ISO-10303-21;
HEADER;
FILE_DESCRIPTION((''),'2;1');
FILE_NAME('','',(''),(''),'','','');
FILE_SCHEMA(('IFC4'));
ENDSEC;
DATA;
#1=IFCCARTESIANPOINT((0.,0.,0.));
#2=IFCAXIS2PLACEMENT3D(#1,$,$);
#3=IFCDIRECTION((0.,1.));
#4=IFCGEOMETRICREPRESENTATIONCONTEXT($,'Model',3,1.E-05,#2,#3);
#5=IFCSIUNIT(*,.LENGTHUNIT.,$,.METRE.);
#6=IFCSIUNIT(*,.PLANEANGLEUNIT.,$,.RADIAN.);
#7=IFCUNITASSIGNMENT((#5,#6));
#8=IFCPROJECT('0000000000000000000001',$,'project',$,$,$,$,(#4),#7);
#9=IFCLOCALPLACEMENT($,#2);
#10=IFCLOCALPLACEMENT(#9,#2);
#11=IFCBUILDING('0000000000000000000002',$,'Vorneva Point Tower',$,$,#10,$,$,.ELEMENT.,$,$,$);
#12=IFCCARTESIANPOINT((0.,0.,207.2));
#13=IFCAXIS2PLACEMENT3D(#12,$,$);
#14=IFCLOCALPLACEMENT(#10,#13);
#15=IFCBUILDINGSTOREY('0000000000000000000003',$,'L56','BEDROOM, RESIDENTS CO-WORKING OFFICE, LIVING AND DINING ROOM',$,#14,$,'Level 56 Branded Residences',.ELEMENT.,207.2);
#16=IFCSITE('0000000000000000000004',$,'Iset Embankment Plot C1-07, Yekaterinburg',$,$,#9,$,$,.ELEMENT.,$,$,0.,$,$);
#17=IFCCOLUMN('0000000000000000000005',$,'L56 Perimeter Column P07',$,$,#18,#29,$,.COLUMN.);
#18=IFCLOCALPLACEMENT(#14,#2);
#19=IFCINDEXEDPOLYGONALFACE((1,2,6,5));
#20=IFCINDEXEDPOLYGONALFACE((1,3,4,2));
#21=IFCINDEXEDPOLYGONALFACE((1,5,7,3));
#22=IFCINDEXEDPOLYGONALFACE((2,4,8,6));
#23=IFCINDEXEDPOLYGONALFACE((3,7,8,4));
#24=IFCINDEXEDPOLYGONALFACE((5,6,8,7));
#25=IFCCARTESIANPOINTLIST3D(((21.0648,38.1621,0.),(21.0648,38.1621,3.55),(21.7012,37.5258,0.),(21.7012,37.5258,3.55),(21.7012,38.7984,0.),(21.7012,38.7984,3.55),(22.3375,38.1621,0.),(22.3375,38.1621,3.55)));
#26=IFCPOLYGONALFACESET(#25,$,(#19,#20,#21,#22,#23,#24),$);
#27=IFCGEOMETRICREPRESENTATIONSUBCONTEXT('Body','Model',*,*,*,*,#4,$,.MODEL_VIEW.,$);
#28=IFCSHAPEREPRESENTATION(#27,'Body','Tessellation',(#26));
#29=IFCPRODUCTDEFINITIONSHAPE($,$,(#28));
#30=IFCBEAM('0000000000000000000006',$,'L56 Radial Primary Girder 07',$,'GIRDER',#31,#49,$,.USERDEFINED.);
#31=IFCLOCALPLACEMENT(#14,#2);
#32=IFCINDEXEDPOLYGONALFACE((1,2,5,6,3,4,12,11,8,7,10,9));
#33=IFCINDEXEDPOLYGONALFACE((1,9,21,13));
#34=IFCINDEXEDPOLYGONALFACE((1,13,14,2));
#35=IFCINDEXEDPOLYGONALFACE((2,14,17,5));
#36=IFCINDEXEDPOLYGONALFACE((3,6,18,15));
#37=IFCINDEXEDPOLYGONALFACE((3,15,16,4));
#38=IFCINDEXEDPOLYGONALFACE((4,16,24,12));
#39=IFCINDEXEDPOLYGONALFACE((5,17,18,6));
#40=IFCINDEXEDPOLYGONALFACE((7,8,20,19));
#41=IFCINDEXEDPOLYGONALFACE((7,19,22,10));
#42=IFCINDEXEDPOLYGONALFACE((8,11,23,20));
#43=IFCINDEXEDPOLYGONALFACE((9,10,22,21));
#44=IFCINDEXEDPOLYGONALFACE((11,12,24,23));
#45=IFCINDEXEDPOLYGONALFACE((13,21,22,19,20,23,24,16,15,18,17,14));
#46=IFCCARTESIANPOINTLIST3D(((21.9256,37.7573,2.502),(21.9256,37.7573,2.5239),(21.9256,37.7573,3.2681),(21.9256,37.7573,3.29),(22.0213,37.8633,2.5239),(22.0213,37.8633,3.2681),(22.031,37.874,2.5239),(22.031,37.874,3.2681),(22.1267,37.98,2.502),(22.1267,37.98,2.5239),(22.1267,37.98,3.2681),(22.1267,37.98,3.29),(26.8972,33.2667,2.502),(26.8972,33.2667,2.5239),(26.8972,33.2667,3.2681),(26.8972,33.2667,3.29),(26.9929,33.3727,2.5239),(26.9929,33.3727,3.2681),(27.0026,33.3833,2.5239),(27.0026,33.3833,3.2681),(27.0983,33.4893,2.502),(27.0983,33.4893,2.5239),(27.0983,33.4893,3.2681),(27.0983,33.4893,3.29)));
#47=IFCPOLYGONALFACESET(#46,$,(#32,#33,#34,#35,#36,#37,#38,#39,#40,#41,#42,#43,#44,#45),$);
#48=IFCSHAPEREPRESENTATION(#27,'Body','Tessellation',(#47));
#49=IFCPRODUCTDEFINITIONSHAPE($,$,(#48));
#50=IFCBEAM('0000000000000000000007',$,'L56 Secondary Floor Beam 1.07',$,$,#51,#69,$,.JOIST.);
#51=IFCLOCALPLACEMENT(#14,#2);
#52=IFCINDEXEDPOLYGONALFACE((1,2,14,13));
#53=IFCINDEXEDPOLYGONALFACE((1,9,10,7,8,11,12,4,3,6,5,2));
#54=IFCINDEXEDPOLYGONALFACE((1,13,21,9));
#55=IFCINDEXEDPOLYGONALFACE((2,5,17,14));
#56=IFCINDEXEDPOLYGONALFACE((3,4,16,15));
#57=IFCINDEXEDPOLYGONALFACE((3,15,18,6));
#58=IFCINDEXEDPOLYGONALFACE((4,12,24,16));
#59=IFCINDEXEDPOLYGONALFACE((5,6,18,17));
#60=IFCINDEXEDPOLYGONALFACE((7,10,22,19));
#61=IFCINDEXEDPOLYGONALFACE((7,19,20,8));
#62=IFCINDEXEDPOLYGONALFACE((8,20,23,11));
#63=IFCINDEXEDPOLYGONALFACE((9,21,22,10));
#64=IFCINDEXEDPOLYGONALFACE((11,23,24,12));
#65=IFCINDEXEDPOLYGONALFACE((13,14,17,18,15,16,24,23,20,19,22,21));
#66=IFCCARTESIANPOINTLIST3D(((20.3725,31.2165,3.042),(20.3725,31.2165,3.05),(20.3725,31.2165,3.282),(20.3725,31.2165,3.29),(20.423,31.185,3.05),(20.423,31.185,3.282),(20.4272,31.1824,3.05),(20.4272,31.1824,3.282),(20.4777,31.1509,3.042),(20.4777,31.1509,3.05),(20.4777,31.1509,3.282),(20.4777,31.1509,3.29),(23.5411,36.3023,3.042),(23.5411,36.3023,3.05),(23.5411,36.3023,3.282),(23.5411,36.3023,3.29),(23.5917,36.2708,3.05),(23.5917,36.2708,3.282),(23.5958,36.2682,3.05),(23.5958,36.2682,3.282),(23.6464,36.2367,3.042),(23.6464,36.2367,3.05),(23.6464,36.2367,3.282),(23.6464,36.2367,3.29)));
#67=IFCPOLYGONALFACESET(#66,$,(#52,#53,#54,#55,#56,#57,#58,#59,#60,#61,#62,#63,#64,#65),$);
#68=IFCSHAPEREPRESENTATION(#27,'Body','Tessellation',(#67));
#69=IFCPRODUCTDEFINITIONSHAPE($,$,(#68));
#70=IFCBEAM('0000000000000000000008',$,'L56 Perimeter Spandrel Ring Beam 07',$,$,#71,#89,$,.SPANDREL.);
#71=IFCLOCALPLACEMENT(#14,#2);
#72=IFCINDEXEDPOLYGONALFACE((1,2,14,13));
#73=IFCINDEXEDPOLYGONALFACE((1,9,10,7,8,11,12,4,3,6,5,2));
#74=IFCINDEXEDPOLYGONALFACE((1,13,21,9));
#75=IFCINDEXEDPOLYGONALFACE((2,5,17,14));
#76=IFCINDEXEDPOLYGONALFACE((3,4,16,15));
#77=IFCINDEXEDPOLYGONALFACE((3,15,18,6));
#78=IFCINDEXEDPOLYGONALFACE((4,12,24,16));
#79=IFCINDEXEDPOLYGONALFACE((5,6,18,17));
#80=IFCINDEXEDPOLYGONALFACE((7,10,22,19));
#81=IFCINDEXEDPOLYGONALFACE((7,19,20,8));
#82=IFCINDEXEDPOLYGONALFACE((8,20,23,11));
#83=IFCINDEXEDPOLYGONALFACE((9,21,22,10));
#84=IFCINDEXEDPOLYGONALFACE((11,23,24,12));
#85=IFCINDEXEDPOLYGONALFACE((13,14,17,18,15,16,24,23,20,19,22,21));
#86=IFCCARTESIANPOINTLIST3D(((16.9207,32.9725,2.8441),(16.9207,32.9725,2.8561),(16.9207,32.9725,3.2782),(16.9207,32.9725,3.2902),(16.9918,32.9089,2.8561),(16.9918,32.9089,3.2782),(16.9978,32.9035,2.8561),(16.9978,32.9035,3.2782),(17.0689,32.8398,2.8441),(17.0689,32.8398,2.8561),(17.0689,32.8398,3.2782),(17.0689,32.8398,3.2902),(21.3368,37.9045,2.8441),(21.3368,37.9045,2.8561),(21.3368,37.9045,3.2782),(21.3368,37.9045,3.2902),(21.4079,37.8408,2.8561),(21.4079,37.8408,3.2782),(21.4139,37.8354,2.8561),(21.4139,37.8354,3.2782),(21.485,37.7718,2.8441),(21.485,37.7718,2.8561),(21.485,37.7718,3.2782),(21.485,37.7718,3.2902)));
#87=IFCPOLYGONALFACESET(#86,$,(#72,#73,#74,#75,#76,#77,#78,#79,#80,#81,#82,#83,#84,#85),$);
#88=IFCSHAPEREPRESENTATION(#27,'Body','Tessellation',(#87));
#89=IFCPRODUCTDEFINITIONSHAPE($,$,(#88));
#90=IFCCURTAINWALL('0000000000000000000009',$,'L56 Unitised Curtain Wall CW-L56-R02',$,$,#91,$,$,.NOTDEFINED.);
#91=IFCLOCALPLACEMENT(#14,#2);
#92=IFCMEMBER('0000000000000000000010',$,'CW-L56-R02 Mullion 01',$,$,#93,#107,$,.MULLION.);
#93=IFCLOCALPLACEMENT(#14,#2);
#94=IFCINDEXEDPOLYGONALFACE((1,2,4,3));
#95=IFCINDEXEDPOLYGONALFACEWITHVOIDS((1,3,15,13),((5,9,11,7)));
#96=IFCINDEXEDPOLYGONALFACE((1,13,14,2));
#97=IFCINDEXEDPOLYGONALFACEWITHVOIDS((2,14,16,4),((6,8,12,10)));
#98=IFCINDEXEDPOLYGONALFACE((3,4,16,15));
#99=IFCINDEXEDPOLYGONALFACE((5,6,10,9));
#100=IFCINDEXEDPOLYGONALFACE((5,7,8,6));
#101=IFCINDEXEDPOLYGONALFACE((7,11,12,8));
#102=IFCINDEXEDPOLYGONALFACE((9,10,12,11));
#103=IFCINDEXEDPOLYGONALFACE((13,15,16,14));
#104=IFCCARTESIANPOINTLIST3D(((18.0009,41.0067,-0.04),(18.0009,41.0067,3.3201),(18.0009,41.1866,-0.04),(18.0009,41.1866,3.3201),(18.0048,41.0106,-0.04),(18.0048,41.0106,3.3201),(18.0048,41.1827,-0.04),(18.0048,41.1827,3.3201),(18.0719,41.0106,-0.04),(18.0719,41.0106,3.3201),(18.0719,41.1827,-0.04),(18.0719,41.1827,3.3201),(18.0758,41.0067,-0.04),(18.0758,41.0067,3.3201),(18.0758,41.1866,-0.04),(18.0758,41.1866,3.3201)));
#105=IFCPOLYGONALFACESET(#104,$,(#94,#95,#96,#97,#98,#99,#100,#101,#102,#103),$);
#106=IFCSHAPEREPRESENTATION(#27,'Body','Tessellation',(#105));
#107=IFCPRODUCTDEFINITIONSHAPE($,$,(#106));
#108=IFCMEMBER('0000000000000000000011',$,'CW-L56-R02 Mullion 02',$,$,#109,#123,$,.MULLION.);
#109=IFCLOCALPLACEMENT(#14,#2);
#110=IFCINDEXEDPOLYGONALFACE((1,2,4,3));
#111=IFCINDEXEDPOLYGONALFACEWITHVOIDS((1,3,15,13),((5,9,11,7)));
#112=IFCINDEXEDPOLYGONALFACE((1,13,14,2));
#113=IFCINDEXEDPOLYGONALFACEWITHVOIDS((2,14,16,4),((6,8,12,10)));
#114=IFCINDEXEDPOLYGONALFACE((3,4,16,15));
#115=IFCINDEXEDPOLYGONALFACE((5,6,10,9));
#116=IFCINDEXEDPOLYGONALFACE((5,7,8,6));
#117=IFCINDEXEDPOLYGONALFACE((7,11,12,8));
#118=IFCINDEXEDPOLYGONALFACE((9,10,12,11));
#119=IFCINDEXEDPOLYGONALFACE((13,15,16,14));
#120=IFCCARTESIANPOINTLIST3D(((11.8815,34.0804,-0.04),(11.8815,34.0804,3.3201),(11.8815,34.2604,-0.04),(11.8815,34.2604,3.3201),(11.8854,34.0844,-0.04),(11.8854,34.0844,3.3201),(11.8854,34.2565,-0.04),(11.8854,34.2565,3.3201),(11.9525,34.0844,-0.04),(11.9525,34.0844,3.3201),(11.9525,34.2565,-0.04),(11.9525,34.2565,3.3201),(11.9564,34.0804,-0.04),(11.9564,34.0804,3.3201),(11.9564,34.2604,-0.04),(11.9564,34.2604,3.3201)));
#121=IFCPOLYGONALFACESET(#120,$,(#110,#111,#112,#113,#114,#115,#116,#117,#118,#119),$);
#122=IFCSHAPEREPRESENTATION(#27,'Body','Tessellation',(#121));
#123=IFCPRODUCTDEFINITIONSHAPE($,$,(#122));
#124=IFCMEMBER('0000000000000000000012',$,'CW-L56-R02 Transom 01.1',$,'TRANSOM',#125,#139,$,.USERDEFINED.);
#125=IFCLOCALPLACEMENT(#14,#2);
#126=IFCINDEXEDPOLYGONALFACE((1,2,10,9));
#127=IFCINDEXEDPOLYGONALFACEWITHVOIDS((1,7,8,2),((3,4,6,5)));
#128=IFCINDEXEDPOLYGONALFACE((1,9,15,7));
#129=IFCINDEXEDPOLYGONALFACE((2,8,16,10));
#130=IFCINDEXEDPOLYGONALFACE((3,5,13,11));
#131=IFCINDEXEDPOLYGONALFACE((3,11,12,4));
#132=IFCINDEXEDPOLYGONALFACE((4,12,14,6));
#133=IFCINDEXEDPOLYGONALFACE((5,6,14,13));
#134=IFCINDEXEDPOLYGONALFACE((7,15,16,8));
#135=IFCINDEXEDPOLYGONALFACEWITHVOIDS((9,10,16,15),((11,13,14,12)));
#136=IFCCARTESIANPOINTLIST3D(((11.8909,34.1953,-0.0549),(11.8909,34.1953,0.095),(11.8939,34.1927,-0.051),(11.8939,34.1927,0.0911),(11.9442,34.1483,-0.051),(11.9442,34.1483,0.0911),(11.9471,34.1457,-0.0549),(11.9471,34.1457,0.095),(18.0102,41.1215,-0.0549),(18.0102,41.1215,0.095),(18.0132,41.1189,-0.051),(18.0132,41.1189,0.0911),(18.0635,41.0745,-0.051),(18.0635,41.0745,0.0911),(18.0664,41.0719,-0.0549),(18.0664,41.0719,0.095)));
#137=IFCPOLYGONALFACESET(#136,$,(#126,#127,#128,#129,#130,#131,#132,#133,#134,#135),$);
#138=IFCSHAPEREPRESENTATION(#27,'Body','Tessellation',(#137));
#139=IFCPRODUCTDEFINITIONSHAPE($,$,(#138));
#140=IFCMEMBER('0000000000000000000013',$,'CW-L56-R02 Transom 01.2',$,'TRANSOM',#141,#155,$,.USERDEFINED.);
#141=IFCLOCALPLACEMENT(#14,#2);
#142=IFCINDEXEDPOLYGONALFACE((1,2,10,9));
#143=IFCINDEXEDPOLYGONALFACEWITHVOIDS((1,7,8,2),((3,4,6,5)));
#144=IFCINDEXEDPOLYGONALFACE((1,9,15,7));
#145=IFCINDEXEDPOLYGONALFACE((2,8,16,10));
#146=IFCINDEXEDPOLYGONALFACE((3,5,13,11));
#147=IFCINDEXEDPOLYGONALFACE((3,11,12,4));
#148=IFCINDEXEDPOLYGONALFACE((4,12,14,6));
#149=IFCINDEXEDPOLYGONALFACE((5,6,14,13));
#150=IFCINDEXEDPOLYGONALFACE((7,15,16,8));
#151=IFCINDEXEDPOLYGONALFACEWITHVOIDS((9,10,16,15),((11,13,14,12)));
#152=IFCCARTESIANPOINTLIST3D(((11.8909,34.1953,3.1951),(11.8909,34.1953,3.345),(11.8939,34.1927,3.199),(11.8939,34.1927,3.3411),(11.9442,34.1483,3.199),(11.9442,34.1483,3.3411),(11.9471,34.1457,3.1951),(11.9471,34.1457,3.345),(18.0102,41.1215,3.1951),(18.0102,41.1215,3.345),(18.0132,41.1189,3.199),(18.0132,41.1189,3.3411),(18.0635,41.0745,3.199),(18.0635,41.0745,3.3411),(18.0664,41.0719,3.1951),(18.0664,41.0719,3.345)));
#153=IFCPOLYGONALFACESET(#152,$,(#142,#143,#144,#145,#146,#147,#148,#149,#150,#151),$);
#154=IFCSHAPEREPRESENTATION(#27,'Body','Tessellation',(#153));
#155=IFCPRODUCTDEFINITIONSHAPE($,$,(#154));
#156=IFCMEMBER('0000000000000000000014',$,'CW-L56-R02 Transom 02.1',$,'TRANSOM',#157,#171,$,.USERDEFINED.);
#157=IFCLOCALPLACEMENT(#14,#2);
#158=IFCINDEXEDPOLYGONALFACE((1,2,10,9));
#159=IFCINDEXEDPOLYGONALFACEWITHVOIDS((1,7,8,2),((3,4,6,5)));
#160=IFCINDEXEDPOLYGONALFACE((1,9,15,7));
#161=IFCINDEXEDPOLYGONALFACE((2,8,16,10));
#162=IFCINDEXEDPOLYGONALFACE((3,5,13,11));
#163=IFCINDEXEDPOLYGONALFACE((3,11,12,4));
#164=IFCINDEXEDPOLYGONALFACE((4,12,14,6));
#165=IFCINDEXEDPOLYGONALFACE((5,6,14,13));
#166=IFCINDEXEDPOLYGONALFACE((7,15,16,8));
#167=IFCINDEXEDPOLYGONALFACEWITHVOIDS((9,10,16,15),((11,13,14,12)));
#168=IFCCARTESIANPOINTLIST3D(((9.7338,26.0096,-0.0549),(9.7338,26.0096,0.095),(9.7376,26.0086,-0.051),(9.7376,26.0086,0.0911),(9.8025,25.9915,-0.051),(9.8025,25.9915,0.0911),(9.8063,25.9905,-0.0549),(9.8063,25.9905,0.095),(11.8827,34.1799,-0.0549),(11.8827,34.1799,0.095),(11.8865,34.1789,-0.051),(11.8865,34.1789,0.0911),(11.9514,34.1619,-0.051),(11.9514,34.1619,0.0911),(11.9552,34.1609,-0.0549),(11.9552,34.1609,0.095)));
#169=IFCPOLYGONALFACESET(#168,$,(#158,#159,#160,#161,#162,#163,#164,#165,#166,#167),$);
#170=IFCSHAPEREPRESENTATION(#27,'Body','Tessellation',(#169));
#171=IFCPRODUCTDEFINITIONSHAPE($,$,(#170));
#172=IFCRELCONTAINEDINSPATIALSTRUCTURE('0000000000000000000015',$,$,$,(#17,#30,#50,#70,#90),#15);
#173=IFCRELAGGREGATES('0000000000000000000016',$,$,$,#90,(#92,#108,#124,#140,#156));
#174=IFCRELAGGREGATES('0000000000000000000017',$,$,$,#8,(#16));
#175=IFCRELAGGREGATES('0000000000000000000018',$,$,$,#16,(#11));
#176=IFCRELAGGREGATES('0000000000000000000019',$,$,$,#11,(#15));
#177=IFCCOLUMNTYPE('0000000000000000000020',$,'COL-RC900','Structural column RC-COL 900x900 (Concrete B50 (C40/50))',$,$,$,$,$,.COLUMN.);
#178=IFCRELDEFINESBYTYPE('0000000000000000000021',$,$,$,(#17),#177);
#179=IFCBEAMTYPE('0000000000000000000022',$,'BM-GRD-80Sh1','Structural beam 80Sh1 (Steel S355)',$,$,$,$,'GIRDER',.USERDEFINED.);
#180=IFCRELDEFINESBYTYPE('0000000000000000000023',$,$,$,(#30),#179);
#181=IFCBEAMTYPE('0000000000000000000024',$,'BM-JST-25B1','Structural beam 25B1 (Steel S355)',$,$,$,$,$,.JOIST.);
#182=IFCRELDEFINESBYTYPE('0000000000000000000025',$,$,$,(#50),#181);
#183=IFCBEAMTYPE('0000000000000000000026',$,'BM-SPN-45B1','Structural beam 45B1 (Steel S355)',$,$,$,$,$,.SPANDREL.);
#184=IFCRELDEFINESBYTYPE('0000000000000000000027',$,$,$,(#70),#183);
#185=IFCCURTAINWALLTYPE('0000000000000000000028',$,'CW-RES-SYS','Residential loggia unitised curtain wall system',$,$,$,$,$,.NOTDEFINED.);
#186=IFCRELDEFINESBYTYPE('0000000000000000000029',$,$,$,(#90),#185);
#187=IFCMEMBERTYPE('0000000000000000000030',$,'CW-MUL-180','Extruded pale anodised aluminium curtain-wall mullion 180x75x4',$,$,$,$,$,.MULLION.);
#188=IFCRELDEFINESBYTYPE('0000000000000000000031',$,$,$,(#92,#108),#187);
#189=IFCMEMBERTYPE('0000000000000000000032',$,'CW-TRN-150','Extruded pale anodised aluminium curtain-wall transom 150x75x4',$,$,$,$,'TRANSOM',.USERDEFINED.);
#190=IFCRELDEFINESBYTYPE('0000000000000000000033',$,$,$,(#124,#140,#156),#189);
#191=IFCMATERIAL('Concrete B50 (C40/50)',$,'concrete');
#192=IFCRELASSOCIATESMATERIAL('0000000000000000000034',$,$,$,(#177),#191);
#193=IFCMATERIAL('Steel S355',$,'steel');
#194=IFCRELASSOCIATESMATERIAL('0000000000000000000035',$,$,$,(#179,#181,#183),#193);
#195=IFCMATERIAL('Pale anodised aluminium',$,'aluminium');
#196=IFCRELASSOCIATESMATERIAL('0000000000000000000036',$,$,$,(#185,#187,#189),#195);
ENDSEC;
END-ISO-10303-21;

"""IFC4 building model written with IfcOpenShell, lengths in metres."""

from ifc_helpers import new_model, si_unit, direction, frame, origin, origin_2d, place, context, subcontext, project, spatial, rectangle, hollow_rectangle, i_section, extrude, material, material_profile, profile_set, type_object, element, aggregate, save


model = new_model("IFC4")

# Units and contexts
model_context = context("Model", 3, precision=1e-05, world=origin(), true_north=direction((0.0, 1.0)))
body_context = subcontext(model_context, "Body", "Model", "MODEL_VIEW")
ifc_project = project(units=[si_unit("LENGTHUNIT", "METRE"), si_unit("PLANEANGLEUNIT", "RADIAN")], contexts=[model_context])

# Site, building, storey
site_placement = place(None, origin())
site = spatial("IfcSite", under=ifc_project, at=site_placement, Name="Iset Embankment Plot C1-07, Yekaterinburg", CompositionType="ELEMENT", RefElevation=0.0)
building_placement = place(site_placement, origin())
building = spatial("IfcBuilding", under=site, at=building_placement, Name="Vorneva Point Tower", CompositionType="ELEMENT")
storey_placement = place(building_placement, frame((0.0, 0.0, 207.2)))
storey = spatial("IfcBuildingStorey", under=building, at=storey_placement, Name="L56", Description="BEDROOM, RESIDENTS CO-WORKING OFFICE, LIVING AND DINING ROOM", LongName="Level 56 Branded Residences", CompositionType="ELEMENT", Elevation=207.2)

# Column
ifc_material_1 = material(Name="Concrete B50 (C40/50)", Category="concrete")
ifc_material_profile_1 = material_profile(ifc_material_1, rectangle(XDim=0.8999, YDim=0.8999, at=origin_2d()), Name="RC-COL 900x900")
ifc_profile_set_1 = profile_set([ifc_material_profile_1], Name="Concrete B50 (C40/50)")
column_type = type_object("IfcColumnType", Name="COL-RC900", Description="Structural column RC-COL 900x900 (Concrete B50 (C40/50))", PredefinedType="COLUMN", material=ifc_profile_set_1)
column_placement = place(storey_placement, frame((21.7012, 38.1621, 0.0), z_axis=(0.0, 0.0, 1.0), x_axis=(-0.707107, 0.707107, 0.0)))
element("IfcColumn", 1, at=column_placement, inside=storey, type_object=column_type, Name="L56 Perimeter Column P07", PredefinedType="COLUMN", context=body_context, shape_type="SweptSolid", body=[
    extrude(rectangle(XDim=0.8999, YDim=0.8999, at=origin_2d()), origin(), (0.0, 0.0, 1.0), 3.55),
])

# Beams
ifc_material_2 = material(Name="Steel S355", Category="steel")
ifc_material_profile_2 = material_profile(ifc_material_2, i_section(OverallWidth=0.3, OverallDepth=0.7881, WebThickness=0.0144, FlangeThickness=0.022, at=origin_2d()), Name="80Sh1")
ifc_profile_set_2 = profile_set([ifc_material_profile_2], Name="Steel S355")
beam_type_1 = type_object("IfcBeamType", Name="BM-GRD-80Sh1", Description="Structural beam 80Sh1 (Steel S355)", ElementType="GIRDER", PredefinedType="USERDEFINED", material=ifc_profile_set_2)
beam_1_placement = place(storey_placement, frame((22.0261, 37.8687, 2.896), z_axis=(0.74209, -0.670301, 0.0), x_axis=(0.670301, 0.74209, 0.0)))
element("IfcBeam", 2, at=beam_1_placement, inside=storey, type_object=beam_type_1, Name="L56 Radial Primary Girder 07", ObjectType="GIRDER", PredefinedType="USERDEFINED", context=body_context, shape_type="SweptSolid", body=[
    extrude(i_section(OverallWidth=0.3, OverallDepth=0.7881, WebThickness=0.0144, FlangeThickness=0.022, at=origin_2d()), origin(), (0.0, 0.0, 1.0), 6.6995),
])
ifc_material_profile_3 = material_profile(ifc_material_2, i_section(OverallWidth=0.124, OverallDepth=0.248, WebThickness=0.0049, FlangeThickness=0.0081, at=origin_2d()), Name="25B1")
ifc_profile_set_3 = profile_set([ifc_material_profile_3], Name="Steel S355")
beam_type_2 = type_object("IfcBeamType", Name="BM-JST-25B1", Description="Structural beam 25B1 (Steel S355)", PredefinedType="JOIST", material=ifc_profile_set_3)
beam_2_placement = place(storey_placement, frame((23.5938, 36.2695, 3.166), z_axis=(-0.528797, -0.848748, 0.0), x_axis=(0.848748, -0.528797, 0.0)))
element("IfcBeam", 3, at=beam_2_placement, inside=storey, type_object=beam_type_2, Name="L56 Secondary Floor Beam 1.07", PredefinedType="JOIST", context=body_context, shape_type="SweptSolid", body=[
    extrude(i_section(OverallWidth=0.124, OverallDepth=0.248, WebThickness=0.0049, FlangeThickness=0.0081, at=origin_2d()), origin(), (0.0, 0.0, 1.0), 5.9922),
])
ifc_material_profile_4 = material_profile(ifc_material_2, i_section(OverallWidth=0.199, OverallDepth=0.446, WebThickness=0.0081, FlangeThickness=0.012, at=origin_2d()), Name="45B1")
ifc_profile_set_4 = profile_set([ifc_material_profile_4], Name="Steel S355")
beam_type_3 = type_object("IfcBeamType", Name="BM-SPN-45B1", Description="Structural beam 45B1 (Steel S355)", PredefinedType="SPANDREL", material=ifc_profile_set_4)
beam_3_placement = place(storey_placement, frame((21.4109, 37.8381, 3.0671), z_axis=(-0.66707, -0.744995, 0.0), x_axis=(0.744995, -0.66707, 0.0)))
element("IfcBeam", 4, at=beam_3_placement, inside=storey, type_object=beam_type_3, Name="L56 Perimeter Spandrel Ring Beam 07", PredefinedType="SPANDREL", context=body_context, shape_type="SweptSolid", body=[
    extrude(i_section(OverallWidth=0.199, OverallDepth=0.446, WebThickness=0.0081, FlangeThickness=0.012, at=origin_2d()), origin(), (0.0, 0.0, 1.0), 6.6201),
])

# Curtain wall, members
ifc_material_3 = material(Name="Pale anodised aluminium", Category="aluminium")
curtain_wall_type = type_object("IfcCurtainWallType", Name="CW-RES-SYS", Description="Residential loggia unitised curtain wall system", PredefinedType="NOTDEFINED", material=ifc_material_3)
curtain_wall_placement = place(storey_placement, origin())
curtain_wall = element("IfcCurtainWall", 5, at=curtain_wall_placement, inside=storey, type_object=curtain_wall_type, Name="L56 Unitised Curtain Wall CW-L56-R02", PredefinedType="NOTDEFINED")
ifc_material_profile_5 = material_profile(ifc_material_3, hollow_rectangle(XDim=0.075, YDim=0.1799, WallThickness=0.0039, at=origin_2d()), Name="AL-MUL 180x75x4")
ifc_profile_set_5 = profile_set([ifc_material_profile_5], Name="Pale anodised aluminium")
member_type_1 = type_object("IfcMemberType", Name="CW-MUL-180", Description="Extruded pale anodised aluminium curtain-wall mullion 180x75x4", PredefinedType="MULLION", material=ifc_profile_set_5)
member_1_placement = place(storey_placement, frame((18.0383, 41.0967, -0.04), z_axis=(0.0, 0.0, 1.0), x_axis=(1.0, 0.0, 0.0)))
member_1 = element("IfcMember", 6, at=member_1_placement, type_object=member_type_1, Name="CW-L56-R02 Mullion 01", PredefinedType="MULLION", context=body_context, shape_type="SweptSolid", body=[
    extrude(hollow_rectangle(XDim=0.075, YDim=0.1799, WallThickness=0.0039, at=origin_2d()), origin(), (0.0, 0.0, 1.0), 3.3601),
])
member_2_placement = place(storey_placement, frame((11.9189, 34.1704, -0.04), z_axis=(0.0, 0.0, 1.0), x_axis=(1.0, 0.0, 0.0)))
member_2 = element("IfcMember", 7, at=member_2_placement, type_object=member_type_1, Name="CW-L56-R02 Mullion 02", PredefinedType="MULLION", context=body_context, shape_type="SweptSolid", body=[
    extrude(hollow_rectangle(XDim=0.075, YDim=0.1799, WallThickness=0.0039, at=origin_2d()), origin(), (0.0, 0.0, 1.0), 3.3601),
])
ifc_material_profile_6 = material_profile(ifc_material_3, hollow_rectangle(XDim=0.075, YDim=0.1499, WallThickness=0.0039, at=origin_2d()), Name="AL-TRN 150x75x4")
ifc_profile_set_6 = profile_set([ifc_material_profile_6], Name="Pale anodised aluminium")
member_type_2 = type_object("IfcMemberType", Name="CW-TRN-150", Description="Extruded pale anodised aluminium curtain-wall transom 150x75x4", ElementType="TRANSOM", PredefinedType="USERDEFINED", material=ifc_profile_set_6)
member_3_placement = place(storey_placement, frame((18.0383, 41.0967, 0.02), z_axis=(-0.662106, -0.74941, 0.0), x_axis=(0.74941, -0.662106, 0.0)))
member_3 = element("IfcMember", 8, at=member_3_placement, type_object=member_type_2, Name="CW-L56-R02 Transom 01.1", ObjectType="TRANSOM", PredefinedType="USERDEFINED", context=body_context, shape_type="SweptSolid", body=[
    extrude(hollow_rectangle(XDim=0.075, YDim=0.1499, WallThickness=0.0039, at=origin_2d()), origin(), (0.0, 0.0, 1.0), 9.2422),
])
member_4_placement = place(storey_placement, frame((18.0383, 41.0967, 3.27), z_axis=(-0.662106, -0.74941, 0.0), x_axis=(0.74941, -0.662106, 0.0)))
member_4 = element("IfcMember", 9, at=member_4_placement, type_object=member_type_2, Name="CW-L56-R02 Transom 01.2", ObjectType="TRANSOM", PredefinedType="USERDEFINED", context=body_context, shape_type="SweptSolid", body=[
    extrude(hollow_rectangle(XDim=0.075, YDim=0.1499, WallThickness=0.0039, at=origin_2d()), origin(), (0.0, 0.0, 1.0), 9.2422),
])
member_5_placement = place(storey_placement, frame((11.9189, 34.1704, 0.02), z_axis=(-0.254362, -0.967109, 0.0), x_axis=(0.967109, -0.254362, 0.0)))
member_5 = element("IfcMember", 10, at=member_5_placement, type_object=member_type_2, Name="CW-L56-R02 Transom 02.1", ObjectType="TRANSOM", PredefinedType="USERDEFINED", context=body_context, shape_type="SweptSolid", body=[
    extrude(hollow_rectangle(XDim=0.075, YDim=0.1499, WallThickness=0.0039, at=origin_2d()), origin(), (0.0, 0.0, 1.0), 8.4482),
])
aggregate(curtain_wall, [member_1, member_2, member_3, member_4, member_5])

save(model, "model.ifc")
